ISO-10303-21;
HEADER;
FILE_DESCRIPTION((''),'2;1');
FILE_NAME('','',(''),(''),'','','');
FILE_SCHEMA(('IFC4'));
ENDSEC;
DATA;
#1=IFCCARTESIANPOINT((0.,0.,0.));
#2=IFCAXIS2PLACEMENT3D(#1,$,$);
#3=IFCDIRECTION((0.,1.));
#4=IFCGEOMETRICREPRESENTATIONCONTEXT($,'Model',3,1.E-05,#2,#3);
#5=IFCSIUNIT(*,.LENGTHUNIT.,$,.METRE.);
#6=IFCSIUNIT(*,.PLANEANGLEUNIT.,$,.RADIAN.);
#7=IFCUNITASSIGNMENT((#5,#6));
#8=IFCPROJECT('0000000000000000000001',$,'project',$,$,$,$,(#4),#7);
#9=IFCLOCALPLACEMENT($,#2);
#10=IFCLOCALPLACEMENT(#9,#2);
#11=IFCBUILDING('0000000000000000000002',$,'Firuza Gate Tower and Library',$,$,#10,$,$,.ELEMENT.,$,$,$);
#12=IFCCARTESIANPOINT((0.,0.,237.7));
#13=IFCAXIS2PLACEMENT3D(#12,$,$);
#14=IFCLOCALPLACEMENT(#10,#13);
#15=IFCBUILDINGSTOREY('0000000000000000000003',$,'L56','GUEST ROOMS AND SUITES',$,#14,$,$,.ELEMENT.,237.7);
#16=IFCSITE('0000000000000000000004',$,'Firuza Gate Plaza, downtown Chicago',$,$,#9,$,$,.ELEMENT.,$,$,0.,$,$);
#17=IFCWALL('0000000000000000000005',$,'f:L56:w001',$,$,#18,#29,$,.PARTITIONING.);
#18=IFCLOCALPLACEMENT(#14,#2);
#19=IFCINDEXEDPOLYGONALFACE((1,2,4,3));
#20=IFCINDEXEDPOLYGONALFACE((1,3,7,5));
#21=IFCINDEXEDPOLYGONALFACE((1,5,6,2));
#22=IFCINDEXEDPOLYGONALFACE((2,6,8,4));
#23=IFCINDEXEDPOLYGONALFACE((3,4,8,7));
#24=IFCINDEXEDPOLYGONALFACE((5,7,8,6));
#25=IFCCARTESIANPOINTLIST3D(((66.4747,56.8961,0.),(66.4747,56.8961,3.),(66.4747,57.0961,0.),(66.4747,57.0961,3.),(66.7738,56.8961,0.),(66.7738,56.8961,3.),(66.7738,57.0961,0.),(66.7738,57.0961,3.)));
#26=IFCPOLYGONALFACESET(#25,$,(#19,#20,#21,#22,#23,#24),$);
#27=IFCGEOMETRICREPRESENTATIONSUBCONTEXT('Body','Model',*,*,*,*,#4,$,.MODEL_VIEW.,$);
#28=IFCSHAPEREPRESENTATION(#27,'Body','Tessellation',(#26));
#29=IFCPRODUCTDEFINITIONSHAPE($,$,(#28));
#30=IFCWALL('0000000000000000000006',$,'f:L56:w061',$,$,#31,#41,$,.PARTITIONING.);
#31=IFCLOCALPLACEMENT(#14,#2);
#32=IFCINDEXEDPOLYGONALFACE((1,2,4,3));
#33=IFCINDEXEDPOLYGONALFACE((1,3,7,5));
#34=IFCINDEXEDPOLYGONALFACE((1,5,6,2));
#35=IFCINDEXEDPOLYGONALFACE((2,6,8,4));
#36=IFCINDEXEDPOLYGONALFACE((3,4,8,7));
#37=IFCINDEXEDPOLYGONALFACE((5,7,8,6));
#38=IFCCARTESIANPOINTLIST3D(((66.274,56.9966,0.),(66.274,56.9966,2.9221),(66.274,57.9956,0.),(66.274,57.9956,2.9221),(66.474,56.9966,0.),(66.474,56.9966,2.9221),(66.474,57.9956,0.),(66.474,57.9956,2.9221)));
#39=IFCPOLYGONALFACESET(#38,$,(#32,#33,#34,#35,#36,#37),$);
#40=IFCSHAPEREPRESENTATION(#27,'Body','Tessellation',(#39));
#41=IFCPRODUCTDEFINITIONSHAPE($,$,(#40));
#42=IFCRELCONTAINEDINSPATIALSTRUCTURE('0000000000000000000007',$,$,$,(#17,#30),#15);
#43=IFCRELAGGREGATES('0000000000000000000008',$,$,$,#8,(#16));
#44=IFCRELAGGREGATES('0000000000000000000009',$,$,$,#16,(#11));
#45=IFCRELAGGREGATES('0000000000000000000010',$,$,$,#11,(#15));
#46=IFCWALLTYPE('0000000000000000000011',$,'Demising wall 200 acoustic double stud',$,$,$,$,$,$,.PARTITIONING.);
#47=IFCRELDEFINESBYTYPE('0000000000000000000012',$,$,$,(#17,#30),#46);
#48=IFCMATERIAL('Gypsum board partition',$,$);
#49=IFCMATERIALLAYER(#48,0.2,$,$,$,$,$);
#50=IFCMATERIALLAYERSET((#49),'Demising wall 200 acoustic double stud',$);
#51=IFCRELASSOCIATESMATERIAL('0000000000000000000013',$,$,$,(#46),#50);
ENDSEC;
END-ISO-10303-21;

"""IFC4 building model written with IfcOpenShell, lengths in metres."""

from ifc_helpers import new_model, si_unit, direction, frame, frame_2d, origin, place, context, subcontext, project, spatial, rectangle, extrude, material, layer, layer_set, type_object, element, save


model = new_model("IFC4")

# Units and contexts
model_context = context("Model", 3, precision=1e-05, world=origin(), true_north=direction((0.0, 1.0)))
body_context = subcontext(model_context, "Body", "Model", "MODEL_VIEW")
ifc_project = project(units=[si_unit("LENGTHUNIT", "METRE"), si_unit("PLANEANGLEUNIT", "RADIAN")], contexts=[model_context])

# Site, building, storey
site_placement = place(None, origin())
site = spatial("IfcSite", under=ifc_project, at=site_placement, Name="Firuza Gate Plaza, downtown Chicago", CompositionType="ELEMENT", RefElevation=0.0)
building_placement = place(site_placement, origin())
building = spatial("IfcBuilding", under=site, at=building_placement, Name="Firuza Gate Tower and Library", CompositionType="ELEMENT")
storey_placement = place(building_placement, frame((0.0, 0.0, 237.7)))
storey = spatial("IfcBuildingStorey", under=building, at=storey_placement, Name="L56", Description="GUEST ROOMS AND SUITES", CompositionType="ELEMENT", Elevation=237.7)

# Walls
ifc_material_1 = material(Name="Gypsum board partition")
ifc_layer_1 = layer(ifc_material_1, 0.2)
ifc_layer_set_1 = layer_set([ifc_layer_1], Name="Demising wall 200 acoustic double stud")
wall_type = type_object("IfcWallType", Name="Demising wall 200 acoustic double stud", PredefinedType="PARTITIONING", material=ifc_layer_set_1)
wall_1_placement = place(storey_placement, frame((66.4749, 56.9961, 0.0), z_axis=(0.0, 0.0, 1.0), x_axis=(1.0, 0.0, 0.0)))
element("IfcWall", 1, at=wall_1_placement, inside=storey, type_object=wall_type, Name="f:L56:w001", PredefinedType="PARTITIONING", context=body_context, shape_type="SweptSolid", body=[
    extrude(rectangle(XDim=0.2991, YDim=0.2, at=frame_2d((0.1494, 0.0))), origin(), (0.0, 0.0, 1.0), 3.0),
])
wall_2_placement = place(storey_placement, frame((66.374, 56.9966, 0.0), z_axis=(0.0, 0.0, 1.0), x_axis=(0.0, 1.0, 0.0)))
element("IfcWall", 2, at=wall_2_placement, inside=storey, type_object=wall_type, Name="f:L56:w061", PredefinedType="PARTITIONING", context=body_context, shape_type="SweptSolid", body=[
    extrude(rectangle(XDim=0.999, YDim=0.2, at=frame_2d((0.4995, 0.0))), origin(), (0.0, 0.0, 1.0), 2.9221),
])

save(model, "model.ifc")
